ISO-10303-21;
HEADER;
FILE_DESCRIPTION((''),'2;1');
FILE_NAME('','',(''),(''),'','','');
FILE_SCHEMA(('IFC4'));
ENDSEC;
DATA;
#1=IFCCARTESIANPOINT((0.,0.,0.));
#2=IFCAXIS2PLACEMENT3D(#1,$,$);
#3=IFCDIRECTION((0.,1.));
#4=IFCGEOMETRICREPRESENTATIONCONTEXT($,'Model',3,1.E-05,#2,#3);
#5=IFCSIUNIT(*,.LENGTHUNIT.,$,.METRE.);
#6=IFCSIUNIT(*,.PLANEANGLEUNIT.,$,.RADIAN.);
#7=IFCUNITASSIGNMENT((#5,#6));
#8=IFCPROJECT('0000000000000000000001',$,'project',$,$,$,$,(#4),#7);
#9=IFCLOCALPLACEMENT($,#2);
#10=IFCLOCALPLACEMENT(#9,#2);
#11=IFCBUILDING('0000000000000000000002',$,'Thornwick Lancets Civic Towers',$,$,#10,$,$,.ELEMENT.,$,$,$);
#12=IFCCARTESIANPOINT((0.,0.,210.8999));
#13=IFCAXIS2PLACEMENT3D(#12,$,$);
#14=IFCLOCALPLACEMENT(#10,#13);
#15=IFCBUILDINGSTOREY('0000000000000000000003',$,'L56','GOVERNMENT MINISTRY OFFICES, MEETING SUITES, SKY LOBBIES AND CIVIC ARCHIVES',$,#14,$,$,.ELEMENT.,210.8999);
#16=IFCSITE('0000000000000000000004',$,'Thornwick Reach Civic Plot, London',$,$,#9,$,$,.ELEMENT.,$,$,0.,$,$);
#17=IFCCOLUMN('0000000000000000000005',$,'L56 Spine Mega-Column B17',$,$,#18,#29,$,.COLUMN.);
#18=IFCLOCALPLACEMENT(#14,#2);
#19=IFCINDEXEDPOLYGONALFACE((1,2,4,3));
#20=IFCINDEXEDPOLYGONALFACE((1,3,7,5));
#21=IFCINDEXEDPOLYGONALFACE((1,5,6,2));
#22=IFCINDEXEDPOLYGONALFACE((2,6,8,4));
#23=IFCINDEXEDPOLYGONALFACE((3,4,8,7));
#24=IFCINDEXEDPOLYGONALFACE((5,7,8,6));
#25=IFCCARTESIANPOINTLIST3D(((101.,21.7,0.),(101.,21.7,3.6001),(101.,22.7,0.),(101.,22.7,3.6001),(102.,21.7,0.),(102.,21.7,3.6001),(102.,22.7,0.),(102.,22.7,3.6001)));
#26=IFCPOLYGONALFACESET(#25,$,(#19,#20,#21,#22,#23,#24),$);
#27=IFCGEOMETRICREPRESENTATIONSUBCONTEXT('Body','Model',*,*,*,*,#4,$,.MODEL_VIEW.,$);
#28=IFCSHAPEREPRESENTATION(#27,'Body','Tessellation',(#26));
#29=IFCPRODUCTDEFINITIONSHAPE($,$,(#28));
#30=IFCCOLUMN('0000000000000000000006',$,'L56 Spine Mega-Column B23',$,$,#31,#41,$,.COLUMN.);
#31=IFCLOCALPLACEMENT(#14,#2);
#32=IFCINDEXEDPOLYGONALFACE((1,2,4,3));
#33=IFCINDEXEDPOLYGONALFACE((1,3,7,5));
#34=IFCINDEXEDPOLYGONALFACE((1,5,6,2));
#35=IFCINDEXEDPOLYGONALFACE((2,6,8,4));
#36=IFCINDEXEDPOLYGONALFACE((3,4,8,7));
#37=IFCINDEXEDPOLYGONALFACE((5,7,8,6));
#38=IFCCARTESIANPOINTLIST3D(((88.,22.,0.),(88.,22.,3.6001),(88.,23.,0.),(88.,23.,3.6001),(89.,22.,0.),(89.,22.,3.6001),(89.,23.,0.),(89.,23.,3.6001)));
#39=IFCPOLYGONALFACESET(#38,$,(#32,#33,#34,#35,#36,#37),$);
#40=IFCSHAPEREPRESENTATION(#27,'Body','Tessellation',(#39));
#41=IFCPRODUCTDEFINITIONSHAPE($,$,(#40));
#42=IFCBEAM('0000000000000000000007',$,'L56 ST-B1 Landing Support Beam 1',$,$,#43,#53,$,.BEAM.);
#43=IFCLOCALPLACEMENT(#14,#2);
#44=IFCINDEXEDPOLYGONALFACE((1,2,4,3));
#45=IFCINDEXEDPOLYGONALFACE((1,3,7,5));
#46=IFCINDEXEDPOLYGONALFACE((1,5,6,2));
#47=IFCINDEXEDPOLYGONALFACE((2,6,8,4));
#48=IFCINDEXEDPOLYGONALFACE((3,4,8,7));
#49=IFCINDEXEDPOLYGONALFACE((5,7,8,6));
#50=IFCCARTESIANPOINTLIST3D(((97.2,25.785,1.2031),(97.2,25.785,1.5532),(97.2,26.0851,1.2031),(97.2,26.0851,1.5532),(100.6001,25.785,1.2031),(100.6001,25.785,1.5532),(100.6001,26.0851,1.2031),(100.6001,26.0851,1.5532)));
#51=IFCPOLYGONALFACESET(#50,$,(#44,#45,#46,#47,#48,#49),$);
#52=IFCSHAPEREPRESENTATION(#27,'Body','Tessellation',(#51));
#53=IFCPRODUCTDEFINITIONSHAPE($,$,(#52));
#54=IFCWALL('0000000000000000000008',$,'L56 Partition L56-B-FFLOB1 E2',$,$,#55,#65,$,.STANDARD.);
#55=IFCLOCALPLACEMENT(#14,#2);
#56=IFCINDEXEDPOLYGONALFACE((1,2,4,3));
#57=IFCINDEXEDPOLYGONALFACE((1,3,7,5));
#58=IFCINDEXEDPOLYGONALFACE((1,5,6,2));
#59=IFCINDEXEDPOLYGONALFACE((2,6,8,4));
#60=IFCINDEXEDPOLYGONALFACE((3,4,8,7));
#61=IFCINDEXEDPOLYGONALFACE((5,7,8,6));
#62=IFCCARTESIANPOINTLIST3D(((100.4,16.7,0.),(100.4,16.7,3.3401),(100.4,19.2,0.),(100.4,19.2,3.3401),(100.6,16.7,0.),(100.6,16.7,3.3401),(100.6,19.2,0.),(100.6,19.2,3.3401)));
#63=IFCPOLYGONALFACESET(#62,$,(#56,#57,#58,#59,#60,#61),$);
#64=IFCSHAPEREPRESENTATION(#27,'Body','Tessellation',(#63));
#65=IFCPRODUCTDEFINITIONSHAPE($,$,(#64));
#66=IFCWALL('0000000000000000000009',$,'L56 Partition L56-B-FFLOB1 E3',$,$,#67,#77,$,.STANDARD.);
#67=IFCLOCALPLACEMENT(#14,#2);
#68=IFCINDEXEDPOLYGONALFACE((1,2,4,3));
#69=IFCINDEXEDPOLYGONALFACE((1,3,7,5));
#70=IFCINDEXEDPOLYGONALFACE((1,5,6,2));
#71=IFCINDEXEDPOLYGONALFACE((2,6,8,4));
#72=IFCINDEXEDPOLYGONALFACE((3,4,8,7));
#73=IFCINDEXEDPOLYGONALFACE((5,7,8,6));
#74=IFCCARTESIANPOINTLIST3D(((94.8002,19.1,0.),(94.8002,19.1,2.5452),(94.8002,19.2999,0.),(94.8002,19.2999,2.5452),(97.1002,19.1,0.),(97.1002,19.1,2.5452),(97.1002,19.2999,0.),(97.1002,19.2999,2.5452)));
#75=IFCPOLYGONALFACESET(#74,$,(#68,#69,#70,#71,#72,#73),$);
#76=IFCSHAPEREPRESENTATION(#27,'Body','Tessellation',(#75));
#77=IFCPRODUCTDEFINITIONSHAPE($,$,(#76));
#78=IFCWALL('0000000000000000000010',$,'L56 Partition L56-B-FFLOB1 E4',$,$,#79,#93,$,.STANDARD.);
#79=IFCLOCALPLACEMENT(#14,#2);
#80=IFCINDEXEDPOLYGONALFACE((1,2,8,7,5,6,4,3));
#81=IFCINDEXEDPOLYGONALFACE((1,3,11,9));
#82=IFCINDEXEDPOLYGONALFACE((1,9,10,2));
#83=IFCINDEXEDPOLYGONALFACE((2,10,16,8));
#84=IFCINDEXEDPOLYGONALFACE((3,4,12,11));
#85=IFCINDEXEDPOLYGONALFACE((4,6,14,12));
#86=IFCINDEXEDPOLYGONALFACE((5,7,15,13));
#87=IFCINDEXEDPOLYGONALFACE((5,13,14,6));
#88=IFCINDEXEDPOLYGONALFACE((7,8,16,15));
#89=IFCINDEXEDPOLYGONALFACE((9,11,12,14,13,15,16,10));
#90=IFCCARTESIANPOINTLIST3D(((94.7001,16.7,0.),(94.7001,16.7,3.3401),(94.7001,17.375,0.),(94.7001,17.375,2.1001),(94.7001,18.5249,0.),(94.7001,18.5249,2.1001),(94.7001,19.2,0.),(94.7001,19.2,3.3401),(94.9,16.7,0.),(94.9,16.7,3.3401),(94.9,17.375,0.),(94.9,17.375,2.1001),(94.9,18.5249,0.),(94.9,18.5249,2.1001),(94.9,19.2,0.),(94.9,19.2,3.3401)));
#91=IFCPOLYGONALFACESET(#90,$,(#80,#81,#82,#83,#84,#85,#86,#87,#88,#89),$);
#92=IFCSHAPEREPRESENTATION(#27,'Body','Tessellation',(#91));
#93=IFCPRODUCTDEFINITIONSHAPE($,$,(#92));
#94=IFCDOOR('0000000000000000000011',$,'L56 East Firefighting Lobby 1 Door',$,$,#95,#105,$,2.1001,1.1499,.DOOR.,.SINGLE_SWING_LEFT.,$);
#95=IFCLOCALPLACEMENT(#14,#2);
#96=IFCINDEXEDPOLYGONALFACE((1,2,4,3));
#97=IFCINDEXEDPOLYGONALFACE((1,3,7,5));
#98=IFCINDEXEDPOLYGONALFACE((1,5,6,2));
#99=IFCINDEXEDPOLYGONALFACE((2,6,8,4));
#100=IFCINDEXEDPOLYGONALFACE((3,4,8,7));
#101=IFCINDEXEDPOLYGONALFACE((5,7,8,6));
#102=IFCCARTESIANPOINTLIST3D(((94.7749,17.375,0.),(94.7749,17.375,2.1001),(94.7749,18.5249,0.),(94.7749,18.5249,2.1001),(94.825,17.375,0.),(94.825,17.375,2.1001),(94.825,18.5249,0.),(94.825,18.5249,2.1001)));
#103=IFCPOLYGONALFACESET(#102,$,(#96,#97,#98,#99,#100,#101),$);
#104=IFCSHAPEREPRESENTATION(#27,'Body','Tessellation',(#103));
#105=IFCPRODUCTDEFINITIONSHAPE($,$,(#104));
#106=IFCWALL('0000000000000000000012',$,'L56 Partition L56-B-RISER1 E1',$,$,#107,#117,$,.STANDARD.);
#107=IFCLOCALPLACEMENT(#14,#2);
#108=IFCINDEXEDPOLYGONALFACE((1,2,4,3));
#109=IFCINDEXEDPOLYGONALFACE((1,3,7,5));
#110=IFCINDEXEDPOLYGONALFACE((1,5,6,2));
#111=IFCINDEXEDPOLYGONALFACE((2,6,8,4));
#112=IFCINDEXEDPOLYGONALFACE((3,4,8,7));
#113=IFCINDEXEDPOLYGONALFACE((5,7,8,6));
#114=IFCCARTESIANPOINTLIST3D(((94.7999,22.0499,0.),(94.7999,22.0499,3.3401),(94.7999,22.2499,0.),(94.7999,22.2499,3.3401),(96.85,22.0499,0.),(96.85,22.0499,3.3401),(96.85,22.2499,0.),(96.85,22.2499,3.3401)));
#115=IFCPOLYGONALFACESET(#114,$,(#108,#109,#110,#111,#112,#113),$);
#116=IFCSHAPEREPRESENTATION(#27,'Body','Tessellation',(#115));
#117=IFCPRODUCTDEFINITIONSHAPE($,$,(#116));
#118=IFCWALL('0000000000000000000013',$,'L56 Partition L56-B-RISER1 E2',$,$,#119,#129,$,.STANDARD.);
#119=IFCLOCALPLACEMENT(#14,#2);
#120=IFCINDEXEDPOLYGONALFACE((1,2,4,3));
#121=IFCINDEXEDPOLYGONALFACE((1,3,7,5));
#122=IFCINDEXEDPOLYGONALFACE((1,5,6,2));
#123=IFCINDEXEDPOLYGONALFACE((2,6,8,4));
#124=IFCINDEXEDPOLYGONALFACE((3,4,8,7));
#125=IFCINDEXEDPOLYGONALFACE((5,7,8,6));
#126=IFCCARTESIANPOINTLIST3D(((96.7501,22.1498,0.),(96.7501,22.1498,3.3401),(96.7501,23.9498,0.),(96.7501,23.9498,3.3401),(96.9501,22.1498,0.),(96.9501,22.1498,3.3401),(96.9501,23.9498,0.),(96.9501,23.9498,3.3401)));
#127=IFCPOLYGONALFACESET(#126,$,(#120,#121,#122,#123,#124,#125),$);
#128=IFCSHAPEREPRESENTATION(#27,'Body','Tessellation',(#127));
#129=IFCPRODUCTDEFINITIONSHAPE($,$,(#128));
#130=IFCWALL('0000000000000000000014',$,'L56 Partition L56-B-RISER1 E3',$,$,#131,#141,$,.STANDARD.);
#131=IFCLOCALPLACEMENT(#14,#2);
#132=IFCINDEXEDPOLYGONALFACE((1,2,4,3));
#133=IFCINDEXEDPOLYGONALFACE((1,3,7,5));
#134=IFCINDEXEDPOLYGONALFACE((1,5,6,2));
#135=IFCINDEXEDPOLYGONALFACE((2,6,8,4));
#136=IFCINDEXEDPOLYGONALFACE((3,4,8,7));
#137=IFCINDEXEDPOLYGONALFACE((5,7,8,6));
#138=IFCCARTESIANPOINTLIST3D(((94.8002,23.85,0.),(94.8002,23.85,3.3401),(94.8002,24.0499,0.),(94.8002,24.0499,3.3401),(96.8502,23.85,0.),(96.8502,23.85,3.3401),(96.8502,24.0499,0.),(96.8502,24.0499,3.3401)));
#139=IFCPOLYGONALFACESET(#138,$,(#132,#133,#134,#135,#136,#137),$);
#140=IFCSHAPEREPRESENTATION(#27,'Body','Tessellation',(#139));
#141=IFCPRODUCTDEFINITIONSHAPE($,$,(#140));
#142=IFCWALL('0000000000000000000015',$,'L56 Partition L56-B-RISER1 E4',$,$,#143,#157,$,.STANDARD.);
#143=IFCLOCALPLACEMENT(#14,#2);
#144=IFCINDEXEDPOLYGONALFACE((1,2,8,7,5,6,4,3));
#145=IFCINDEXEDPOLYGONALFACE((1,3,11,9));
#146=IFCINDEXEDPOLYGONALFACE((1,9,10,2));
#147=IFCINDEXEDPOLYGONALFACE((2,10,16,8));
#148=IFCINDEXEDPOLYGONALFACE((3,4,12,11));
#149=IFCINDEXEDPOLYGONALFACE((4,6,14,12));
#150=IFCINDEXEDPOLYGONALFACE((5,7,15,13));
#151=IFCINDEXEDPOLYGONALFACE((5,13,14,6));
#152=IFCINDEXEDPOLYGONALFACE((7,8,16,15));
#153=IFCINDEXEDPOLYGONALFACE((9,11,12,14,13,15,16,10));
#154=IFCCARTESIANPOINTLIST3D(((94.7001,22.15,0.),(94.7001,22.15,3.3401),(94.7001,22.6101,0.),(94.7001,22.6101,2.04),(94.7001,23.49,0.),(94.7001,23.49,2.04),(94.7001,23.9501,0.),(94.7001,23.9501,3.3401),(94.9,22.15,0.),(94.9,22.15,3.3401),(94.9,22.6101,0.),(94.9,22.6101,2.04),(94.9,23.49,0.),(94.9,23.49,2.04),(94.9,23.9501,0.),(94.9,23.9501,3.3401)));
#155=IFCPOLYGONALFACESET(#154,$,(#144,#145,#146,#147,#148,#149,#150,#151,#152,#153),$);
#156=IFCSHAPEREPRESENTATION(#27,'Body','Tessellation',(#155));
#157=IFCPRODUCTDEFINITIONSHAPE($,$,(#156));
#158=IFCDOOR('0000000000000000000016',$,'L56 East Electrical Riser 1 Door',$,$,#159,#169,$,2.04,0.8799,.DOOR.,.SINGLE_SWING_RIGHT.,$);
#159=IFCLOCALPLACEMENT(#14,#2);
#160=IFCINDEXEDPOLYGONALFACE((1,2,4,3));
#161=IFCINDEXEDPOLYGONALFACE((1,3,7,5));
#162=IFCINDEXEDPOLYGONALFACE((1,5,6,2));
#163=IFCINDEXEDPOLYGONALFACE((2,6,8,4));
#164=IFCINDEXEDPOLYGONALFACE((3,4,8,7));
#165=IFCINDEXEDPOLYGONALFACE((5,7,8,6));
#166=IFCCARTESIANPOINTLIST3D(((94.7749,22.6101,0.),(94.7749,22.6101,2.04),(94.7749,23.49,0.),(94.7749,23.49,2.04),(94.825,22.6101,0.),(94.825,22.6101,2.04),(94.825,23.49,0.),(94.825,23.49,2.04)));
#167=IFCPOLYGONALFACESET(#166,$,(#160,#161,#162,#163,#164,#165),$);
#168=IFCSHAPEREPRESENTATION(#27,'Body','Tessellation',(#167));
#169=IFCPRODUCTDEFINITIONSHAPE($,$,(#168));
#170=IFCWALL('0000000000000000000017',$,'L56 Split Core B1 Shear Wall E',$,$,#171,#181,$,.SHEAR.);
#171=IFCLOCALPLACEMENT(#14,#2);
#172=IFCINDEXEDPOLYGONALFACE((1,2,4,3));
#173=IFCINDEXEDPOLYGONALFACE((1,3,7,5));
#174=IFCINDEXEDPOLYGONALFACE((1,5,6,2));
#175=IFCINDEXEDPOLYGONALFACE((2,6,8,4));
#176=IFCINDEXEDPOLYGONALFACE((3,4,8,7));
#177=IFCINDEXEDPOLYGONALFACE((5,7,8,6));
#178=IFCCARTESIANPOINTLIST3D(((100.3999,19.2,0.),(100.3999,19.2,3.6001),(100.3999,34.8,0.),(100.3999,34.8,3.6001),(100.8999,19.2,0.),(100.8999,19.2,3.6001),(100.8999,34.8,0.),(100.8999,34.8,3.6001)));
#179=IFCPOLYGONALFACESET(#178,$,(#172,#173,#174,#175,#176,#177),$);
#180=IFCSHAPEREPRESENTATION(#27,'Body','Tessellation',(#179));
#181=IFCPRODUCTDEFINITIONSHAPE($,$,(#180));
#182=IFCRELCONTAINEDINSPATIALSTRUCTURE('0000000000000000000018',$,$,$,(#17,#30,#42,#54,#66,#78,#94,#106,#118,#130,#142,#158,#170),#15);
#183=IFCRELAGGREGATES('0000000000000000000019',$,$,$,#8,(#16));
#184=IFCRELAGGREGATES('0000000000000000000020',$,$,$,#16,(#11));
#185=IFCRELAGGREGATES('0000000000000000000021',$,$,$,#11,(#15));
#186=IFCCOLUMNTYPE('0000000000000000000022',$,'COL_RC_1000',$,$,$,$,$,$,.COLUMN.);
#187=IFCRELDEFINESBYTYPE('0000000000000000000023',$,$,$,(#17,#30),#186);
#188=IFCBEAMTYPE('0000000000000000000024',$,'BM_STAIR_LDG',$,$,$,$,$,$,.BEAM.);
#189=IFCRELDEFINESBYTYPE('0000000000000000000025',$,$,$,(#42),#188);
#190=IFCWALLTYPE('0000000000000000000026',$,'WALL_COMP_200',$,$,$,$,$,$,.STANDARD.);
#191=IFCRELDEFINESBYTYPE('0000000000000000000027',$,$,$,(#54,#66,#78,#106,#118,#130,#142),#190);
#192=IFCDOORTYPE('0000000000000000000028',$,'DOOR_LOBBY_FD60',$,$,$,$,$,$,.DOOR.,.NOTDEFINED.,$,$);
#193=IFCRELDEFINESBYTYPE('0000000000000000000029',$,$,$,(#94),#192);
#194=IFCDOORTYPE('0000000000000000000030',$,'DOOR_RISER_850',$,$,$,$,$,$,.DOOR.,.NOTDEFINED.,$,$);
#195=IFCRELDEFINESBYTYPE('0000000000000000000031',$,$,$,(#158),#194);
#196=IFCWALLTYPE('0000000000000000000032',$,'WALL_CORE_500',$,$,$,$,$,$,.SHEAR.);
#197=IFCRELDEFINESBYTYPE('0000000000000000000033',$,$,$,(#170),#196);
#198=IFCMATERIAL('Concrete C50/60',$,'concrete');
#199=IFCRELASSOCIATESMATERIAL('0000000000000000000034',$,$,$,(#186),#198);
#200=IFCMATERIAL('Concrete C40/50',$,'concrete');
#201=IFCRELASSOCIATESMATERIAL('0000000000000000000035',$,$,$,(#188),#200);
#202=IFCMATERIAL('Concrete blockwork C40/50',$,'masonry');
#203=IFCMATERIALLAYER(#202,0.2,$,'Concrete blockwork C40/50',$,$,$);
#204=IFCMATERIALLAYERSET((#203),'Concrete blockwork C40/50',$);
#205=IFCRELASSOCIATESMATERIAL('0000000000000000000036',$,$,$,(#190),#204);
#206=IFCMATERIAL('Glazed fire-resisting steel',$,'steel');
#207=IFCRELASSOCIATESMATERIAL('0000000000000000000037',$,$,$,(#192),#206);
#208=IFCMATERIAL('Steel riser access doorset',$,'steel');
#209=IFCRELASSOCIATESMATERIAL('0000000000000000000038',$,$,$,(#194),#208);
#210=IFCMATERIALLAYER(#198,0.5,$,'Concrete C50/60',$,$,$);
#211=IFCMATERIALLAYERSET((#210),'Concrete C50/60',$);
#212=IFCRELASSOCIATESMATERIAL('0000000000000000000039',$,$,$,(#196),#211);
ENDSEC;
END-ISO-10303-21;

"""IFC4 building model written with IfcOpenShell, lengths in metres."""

from ifc_helpers import new_model, si_unit, direction, frame, frame_2d, origin, origin_2d, place, context, subcontext, project, spatial, rectangle, extrude, material, layer, layer_set, material_profile, profile_set, type_object, element, fill, save


model = new_model("IFC4")

# Units and contexts
model_context = context("Model", 3, precision=1e-05, world=origin(), true_north=direction((0.0, 1.0)))
body_context = subcontext(model_context, "Body", "Model", "MODEL_VIEW")
ifc_project = project(units=[si_unit("LENGTHUNIT", "METRE"), si_unit("PLANEANGLEUNIT", "RADIAN")], contexts=[model_context])

# Site, building, storey
site_placement = place(None, origin())
site = spatial("IfcSite", under=ifc_project, at=site_placement, Name="Thornwick Reach Civic Plot, London", CompositionType="ELEMENT", RefElevation=0.0)
building_placement = place(site_placement, origin())
building = spatial("IfcBuilding", under=site, at=building_placement, Name="Thornwick Lancets Civic Towers", CompositionType="ELEMENT")
storey_placement = place(building_placement, frame((0.0, 0.0, 210.8999)))
storey = spatial("IfcBuildingStorey", under=building, at=storey_placement, Name="L56", Description="GOVERNMENT MINISTRY OFFICES, MEETING SUITES, SKY LOBBIES AND CIVIC ARCHIVES", CompositionType="ELEMENT", Elevation=210.8999)

# Columns
ifc_material_1 = material(Name="Concrete C50/60", Category="concrete")
ifc_material_profile_1 = material_profile(ifc_material_1, rectangle(XDim=1.0, YDim=1.0, at=origin_2d()), Name="RC 1000x1000")
ifc_profile_set_1 = profile_set([ifc_material_profile_1], Name="Concrete C50/60")
column_type = type_object("IfcColumnType", Name="COL_RC_1000", PredefinedType="COLUMN", material=ifc_profile_set_1)
for number, where, z_axis, x_axis, name in (
    (1, (101.5, 22.2, 0.0), (0.0, 0.0, 1.0), (1.0, 0.0, 0.0), "L56 Spine Mega-Column B17"),
    (2, (88.5, 22.5, 0.0), (0.0, 0.0, 1.0), (1.0, 0.0, 0.0), "L56 Spine Mega-Column B23"),
):
    element("IfcColumn", number, at=place(storey_placement, frame(where, z_axis=z_axis, x_axis=x_axis)), inside=storey, type_object=column_type, Name=name, PredefinedType="COLUMN", context=body_context, shape_type="SweptSolid", body=[
        extrude(rectangle(XDim=1.0, YDim=1.0, at=origin_2d()), origin(), (0.0, 0.0, 1.0), 3.6001),
    ])

# Beam
ifc_material_2 = material(Name="Concrete C40/50", Category="concrete")
ifc_material_profile_2 = material_profile(ifc_material_2, rectangle(XDim=0.3, YDim=0.3501, at=origin_2d()), Name="RC 300x350")
ifc_profile_set_2 = profile_set([ifc_material_profile_2], Name="Concrete C40/50")
beam_type = type_object("IfcBeamType", Name="BM_STAIR_LDG", PredefinedType="BEAM", material=ifc_profile_set_2)
beam_placement = place(storey_placement, frame((100.6001, 25.9351, 1.3782), z_axis=(-1.0, 0.0, 0.0), x_axis=(0.0, -1.0, 0.0)))
element("IfcBeam", 3, at=beam_placement, inside=storey, type_object=beam_type, Name="L56 ST-B1 Landing Support Beam 1", PredefinedType="BEAM", context=body_context, shape_type="SweptSolid", body=[
    extrude(rectangle(XDim=0.3, YDim=0.3501, at=origin_2d()), origin(), (0.0, 0.0, 1.0), 3.4001),
])

# Walls
ifc_material_3 = material(Name="Concrete blockwork C40/50", Category="masonry")
ifc_layer_1 = layer(ifc_material_3, 0.2, Name="Concrete blockwork C40/50")
ifc_layer_set_1 = layer_set([ifc_layer_1], Name="Concrete blockwork C40/50")
wall_type_1 = type_object("IfcWallType", Name="WALL_COMP_200", PredefinedType="STANDARD", material=ifc_layer_set_1)
wall_1_placement = place(storey_placement, frame((100.5, 16.7, 0.0), z_axis=(0.0, 0.0, 1.0), x_axis=(0.0, 1.0, 0.0)))
element("IfcWall", 4, at=wall_1_placement, inside=storey, type_object=wall_type_1, Name="L56 Partition L56-B-FFLOB1 E2", PredefinedType="STANDARD", context=body_context, shape_type="SweptSolid", body=[
    extrude(rectangle(XDim=2.5, YDim=0.2, at=frame_2d((1.25, 0.0))), origin(), (0.0, 0.0, 1.0), 3.3401),
])
wall_2_placement = place(storey_placement, frame((97.1001, 19.2, 0.0), z_axis=(0.0, 0.0, 1.0), x_axis=(-1.0, 0.0, 0.0)))
element("IfcWall", 5, at=wall_2_placement, inside=storey, type_object=wall_type_1, Name="L56 Partition L56-B-FFLOB1 E3", PredefinedType="STANDARD", context=body_context, shape_type="SweptSolid", body=[
    extrude(rectangle(XDim=2.3, YDim=0.2, at=frame_2d((1.1499, 0.0))), origin(), (0.0, 0.0, 1.0), 2.5452),
])

# Wall, opening, door
wall_3_placement = place(storey_placement, frame((94.8, 19.2, 0.0), z_axis=(0.0, 0.0, 1.0), x_axis=(0.0, -1.0, 0.0)))
wall_3 = element("IfcWall", 6, at=wall_3_placement, inside=storey, type_object=wall_type_1, Name="L56 Partition L56-B-FFLOB1 E4", PredefinedType="STANDARD", context=body_context, shape_type="SweptSolid", body=[
    extrude(rectangle(XDim=2.5, YDim=0.2, at=frame_2d((1.25, 0.0))), origin(), (0.0, 0.0, 1.0), 3.3401),
])
opening_1_placement = place(wall_3_placement, frame((0.675, 0.0, 0.0)))
opening_1 = element("IfcOpeningElement", 7, at=opening_1_placement, cuts=wall_3, PredefinedType="OPENING", context=body_context, shape_type="SweptSolid", body=[
    extrude(rectangle(XDim=1.1499, YDim=2.1001, at=frame_2d((0.575, 1.05))), frame((0.0, 0.1099, 0.0), z_axis=(0.0, -1.0, 0.0), x_axis=(1.0, 0.0, 0.0)), (0.0, 0.0, 1.0), 0.22),
])
ifc_material_4 = material(Name="Glazed fire-resisting steel", Category="steel")
door_type_1 = type_object("IfcDoorType", Name="DOOR_LOBBY_FD60", OperationType="NOTDEFINED", PredefinedType="DOOR", material=ifc_material_4)
door_1_placement = place(opening_1_placement, origin())
door_1 = element("IfcDoor", 8, at=door_1_placement, inside=storey, type_object=door_type_1, Name="L56 East Firefighting Lobby 1 Door", OperationType="SINGLE_SWING_LEFT", OverallHeight=2.1001, OverallWidth=1.1499, PredefinedType="DOOR", context=body_context, shape_type="SweptSolid", body=[
    extrude(rectangle(XDim=1.1499, YDim=2.1001, at=frame_2d((0.575, 1.05))), frame((0.0, 0.0249, 0.0), z_axis=(0.0, -1.0, 0.0), x_axis=(1.0, 0.0, 0.0)), (0.0, 0.0, 1.0), 0.05),
])
fill(opening_1, door_1)

# Walls
wall_4_placement = place(storey_placement, frame((94.8, 22.1499, 0.0), z_axis=(0.0, 0.0, 1.0), x_axis=(1.0, 0.0, 0.0)))
element("IfcWall", 9, at=wall_4_placement, inside=storey, type_object=wall_type_1, Name="L56 Partition L56-B-RISER1 E1", PredefinedType="STANDARD", context=body_context, shape_type="SweptSolid", body=[
    extrude(rectangle(XDim=2.05, YDim=0.2, at=frame_2d((1.0249, 0.0))), origin(), (0.0, 0.0, 1.0), 3.3401),
])
wall_5_placement = place(storey_placement, frame((96.8501, 22.1499, 0.0), z_axis=(0.0, 0.0, 1.0), x_axis=(0.0, 1.0, 0.0)))
element("IfcWall", 10, at=wall_5_placement, inside=storey, type_object=wall_type_1, Name="L56 Partition L56-B-RISER1 E2", PredefinedType="STANDARD", context=body_context, shape_type="SweptSolid", body=[
    extrude(rectangle(XDim=1.8, YDim=0.2, at=frame_2d((0.8999, 0.0))), origin(), (0.0, 0.0, 1.0), 3.3401),
])
wall_6_placement = place(storey_placement, frame((96.8501, 23.95, 0.0), z_axis=(0.0, 0.0, 1.0), x_axis=(-1.0, 0.0, 0.0)))
element("IfcWall", 11, at=wall_6_placement, inside=storey, type_object=wall_type_1, Name="L56 Partition L56-B-RISER1 E3", PredefinedType="STANDARD", context=body_context, shape_type="SweptSolid", body=[
    extrude(rectangle(XDim=2.05, YDim=0.2, at=frame_2d((1.0249, 0.0))), origin(), (0.0, 0.0, 1.0), 3.3401),
])

# Wall, opening, door
wall_7_placement = place(storey_placement, frame((94.8, 23.95, 0.0), z_axis=(0.0, 0.0, 1.0), x_axis=(0.0, -1.0, 0.0)))
wall_7 = element("IfcWall", 12, at=wall_7_placement, inside=storey, type_object=wall_type_1, Name="L56 Partition L56-B-RISER1 E4", PredefinedType="STANDARD", context=body_context, shape_type="SweptSolid", body=[
    extrude(rectangle(XDim=1.8, YDim=0.2, at=frame_2d((0.8999, 0.0))), origin(), (0.0, 0.0, 1.0), 3.3401),
])
opening_2_placement = place(wall_7_placement, frame((0.46, 0.0, 0.0)))
opening_2 = element("IfcOpeningElement", 13, at=opening_2_placement, cuts=wall_7, PredefinedType="OPENING", context=body_context, shape_type="SweptSolid", body=[
    extrude(rectangle(XDim=0.8799, YDim=2.04, at=frame_2d((0.4399, 1.02))), frame((0.0, 0.1099, 0.0), z_axis=(0.0, -1.0, 0.0), x_axis=(1.0, 0.0, 0.0)), (0.0, 0.0, 1.0), 0.22),
])
ifc_material_5 = material(Name="Steel riser access doorset", Category="steel")
door_type_2 = type_object("IfcDoorType", Name="DOOR_RISER_850", OperationType="NOTDEFINED", PredefinedType="DOOR", material=ifc_material_5)
door_2_placement = place(opening_2_placement, origin())
door_2 = element("IfcDoor", 14, at=door_2_placement, inside=storey, type_object=door_type_2, Name="L56 East Electrical Riser 1 Door", OperationType="SINGLE_SWING_RIGHT", OverallHeight=2.04, OverallWidth=0.8799, PredefinedType="DOOR", context=body_context, shape_type="SweptSolid", body=[
    extrude(rectangle(XDim=0.8799, YDim=2.04, at=frame_2d((0.4399, 1.02))), frame((0.0, 0.0249, 0.0), z_axis=(0.0, -1.0, 0.0), x_axis=(1.0, 0.0, 0.0)), (0.0, 0.0, 1.0), 0.05),
])
fill(opening_2, door_2)

# Wall
ifc_layer_2 = layer(ifc_material_1, 0.5, Name="Concrete C50/60")
ifc_layer_set_2 = layer_set([ifc_layer_2], Name="Concrete C50/60")
wall_type_2 = type_object("IfcWallType", Name="WALL_CORE_500", PredefinedType="SHEAR", material=ifc_layer_set_2)
wall_8_placement = place(storey_placement, frame((100.6499, 19.2, 0.0), z_axis=(0.0, 0.0, 1.0), x_axis=(0.0, 1.0, 0.0)))
element("IfcWall", 15, at=wall_8_placement, inside=storey, type_object=wall_type_2, Name="L56 Split Core B1 Shear Wall E", PredefinedType="SHEAR", context=body_context, shape_type="SweptSolid", body=[
    extrude(rectangle(XDim=15.6001, YDim=0.5, at=frame_2d((7.8, 0.0))), origin(), (0.0, 0.0, 1.0), 3.6001),
])

save(model, "model.ifc")
